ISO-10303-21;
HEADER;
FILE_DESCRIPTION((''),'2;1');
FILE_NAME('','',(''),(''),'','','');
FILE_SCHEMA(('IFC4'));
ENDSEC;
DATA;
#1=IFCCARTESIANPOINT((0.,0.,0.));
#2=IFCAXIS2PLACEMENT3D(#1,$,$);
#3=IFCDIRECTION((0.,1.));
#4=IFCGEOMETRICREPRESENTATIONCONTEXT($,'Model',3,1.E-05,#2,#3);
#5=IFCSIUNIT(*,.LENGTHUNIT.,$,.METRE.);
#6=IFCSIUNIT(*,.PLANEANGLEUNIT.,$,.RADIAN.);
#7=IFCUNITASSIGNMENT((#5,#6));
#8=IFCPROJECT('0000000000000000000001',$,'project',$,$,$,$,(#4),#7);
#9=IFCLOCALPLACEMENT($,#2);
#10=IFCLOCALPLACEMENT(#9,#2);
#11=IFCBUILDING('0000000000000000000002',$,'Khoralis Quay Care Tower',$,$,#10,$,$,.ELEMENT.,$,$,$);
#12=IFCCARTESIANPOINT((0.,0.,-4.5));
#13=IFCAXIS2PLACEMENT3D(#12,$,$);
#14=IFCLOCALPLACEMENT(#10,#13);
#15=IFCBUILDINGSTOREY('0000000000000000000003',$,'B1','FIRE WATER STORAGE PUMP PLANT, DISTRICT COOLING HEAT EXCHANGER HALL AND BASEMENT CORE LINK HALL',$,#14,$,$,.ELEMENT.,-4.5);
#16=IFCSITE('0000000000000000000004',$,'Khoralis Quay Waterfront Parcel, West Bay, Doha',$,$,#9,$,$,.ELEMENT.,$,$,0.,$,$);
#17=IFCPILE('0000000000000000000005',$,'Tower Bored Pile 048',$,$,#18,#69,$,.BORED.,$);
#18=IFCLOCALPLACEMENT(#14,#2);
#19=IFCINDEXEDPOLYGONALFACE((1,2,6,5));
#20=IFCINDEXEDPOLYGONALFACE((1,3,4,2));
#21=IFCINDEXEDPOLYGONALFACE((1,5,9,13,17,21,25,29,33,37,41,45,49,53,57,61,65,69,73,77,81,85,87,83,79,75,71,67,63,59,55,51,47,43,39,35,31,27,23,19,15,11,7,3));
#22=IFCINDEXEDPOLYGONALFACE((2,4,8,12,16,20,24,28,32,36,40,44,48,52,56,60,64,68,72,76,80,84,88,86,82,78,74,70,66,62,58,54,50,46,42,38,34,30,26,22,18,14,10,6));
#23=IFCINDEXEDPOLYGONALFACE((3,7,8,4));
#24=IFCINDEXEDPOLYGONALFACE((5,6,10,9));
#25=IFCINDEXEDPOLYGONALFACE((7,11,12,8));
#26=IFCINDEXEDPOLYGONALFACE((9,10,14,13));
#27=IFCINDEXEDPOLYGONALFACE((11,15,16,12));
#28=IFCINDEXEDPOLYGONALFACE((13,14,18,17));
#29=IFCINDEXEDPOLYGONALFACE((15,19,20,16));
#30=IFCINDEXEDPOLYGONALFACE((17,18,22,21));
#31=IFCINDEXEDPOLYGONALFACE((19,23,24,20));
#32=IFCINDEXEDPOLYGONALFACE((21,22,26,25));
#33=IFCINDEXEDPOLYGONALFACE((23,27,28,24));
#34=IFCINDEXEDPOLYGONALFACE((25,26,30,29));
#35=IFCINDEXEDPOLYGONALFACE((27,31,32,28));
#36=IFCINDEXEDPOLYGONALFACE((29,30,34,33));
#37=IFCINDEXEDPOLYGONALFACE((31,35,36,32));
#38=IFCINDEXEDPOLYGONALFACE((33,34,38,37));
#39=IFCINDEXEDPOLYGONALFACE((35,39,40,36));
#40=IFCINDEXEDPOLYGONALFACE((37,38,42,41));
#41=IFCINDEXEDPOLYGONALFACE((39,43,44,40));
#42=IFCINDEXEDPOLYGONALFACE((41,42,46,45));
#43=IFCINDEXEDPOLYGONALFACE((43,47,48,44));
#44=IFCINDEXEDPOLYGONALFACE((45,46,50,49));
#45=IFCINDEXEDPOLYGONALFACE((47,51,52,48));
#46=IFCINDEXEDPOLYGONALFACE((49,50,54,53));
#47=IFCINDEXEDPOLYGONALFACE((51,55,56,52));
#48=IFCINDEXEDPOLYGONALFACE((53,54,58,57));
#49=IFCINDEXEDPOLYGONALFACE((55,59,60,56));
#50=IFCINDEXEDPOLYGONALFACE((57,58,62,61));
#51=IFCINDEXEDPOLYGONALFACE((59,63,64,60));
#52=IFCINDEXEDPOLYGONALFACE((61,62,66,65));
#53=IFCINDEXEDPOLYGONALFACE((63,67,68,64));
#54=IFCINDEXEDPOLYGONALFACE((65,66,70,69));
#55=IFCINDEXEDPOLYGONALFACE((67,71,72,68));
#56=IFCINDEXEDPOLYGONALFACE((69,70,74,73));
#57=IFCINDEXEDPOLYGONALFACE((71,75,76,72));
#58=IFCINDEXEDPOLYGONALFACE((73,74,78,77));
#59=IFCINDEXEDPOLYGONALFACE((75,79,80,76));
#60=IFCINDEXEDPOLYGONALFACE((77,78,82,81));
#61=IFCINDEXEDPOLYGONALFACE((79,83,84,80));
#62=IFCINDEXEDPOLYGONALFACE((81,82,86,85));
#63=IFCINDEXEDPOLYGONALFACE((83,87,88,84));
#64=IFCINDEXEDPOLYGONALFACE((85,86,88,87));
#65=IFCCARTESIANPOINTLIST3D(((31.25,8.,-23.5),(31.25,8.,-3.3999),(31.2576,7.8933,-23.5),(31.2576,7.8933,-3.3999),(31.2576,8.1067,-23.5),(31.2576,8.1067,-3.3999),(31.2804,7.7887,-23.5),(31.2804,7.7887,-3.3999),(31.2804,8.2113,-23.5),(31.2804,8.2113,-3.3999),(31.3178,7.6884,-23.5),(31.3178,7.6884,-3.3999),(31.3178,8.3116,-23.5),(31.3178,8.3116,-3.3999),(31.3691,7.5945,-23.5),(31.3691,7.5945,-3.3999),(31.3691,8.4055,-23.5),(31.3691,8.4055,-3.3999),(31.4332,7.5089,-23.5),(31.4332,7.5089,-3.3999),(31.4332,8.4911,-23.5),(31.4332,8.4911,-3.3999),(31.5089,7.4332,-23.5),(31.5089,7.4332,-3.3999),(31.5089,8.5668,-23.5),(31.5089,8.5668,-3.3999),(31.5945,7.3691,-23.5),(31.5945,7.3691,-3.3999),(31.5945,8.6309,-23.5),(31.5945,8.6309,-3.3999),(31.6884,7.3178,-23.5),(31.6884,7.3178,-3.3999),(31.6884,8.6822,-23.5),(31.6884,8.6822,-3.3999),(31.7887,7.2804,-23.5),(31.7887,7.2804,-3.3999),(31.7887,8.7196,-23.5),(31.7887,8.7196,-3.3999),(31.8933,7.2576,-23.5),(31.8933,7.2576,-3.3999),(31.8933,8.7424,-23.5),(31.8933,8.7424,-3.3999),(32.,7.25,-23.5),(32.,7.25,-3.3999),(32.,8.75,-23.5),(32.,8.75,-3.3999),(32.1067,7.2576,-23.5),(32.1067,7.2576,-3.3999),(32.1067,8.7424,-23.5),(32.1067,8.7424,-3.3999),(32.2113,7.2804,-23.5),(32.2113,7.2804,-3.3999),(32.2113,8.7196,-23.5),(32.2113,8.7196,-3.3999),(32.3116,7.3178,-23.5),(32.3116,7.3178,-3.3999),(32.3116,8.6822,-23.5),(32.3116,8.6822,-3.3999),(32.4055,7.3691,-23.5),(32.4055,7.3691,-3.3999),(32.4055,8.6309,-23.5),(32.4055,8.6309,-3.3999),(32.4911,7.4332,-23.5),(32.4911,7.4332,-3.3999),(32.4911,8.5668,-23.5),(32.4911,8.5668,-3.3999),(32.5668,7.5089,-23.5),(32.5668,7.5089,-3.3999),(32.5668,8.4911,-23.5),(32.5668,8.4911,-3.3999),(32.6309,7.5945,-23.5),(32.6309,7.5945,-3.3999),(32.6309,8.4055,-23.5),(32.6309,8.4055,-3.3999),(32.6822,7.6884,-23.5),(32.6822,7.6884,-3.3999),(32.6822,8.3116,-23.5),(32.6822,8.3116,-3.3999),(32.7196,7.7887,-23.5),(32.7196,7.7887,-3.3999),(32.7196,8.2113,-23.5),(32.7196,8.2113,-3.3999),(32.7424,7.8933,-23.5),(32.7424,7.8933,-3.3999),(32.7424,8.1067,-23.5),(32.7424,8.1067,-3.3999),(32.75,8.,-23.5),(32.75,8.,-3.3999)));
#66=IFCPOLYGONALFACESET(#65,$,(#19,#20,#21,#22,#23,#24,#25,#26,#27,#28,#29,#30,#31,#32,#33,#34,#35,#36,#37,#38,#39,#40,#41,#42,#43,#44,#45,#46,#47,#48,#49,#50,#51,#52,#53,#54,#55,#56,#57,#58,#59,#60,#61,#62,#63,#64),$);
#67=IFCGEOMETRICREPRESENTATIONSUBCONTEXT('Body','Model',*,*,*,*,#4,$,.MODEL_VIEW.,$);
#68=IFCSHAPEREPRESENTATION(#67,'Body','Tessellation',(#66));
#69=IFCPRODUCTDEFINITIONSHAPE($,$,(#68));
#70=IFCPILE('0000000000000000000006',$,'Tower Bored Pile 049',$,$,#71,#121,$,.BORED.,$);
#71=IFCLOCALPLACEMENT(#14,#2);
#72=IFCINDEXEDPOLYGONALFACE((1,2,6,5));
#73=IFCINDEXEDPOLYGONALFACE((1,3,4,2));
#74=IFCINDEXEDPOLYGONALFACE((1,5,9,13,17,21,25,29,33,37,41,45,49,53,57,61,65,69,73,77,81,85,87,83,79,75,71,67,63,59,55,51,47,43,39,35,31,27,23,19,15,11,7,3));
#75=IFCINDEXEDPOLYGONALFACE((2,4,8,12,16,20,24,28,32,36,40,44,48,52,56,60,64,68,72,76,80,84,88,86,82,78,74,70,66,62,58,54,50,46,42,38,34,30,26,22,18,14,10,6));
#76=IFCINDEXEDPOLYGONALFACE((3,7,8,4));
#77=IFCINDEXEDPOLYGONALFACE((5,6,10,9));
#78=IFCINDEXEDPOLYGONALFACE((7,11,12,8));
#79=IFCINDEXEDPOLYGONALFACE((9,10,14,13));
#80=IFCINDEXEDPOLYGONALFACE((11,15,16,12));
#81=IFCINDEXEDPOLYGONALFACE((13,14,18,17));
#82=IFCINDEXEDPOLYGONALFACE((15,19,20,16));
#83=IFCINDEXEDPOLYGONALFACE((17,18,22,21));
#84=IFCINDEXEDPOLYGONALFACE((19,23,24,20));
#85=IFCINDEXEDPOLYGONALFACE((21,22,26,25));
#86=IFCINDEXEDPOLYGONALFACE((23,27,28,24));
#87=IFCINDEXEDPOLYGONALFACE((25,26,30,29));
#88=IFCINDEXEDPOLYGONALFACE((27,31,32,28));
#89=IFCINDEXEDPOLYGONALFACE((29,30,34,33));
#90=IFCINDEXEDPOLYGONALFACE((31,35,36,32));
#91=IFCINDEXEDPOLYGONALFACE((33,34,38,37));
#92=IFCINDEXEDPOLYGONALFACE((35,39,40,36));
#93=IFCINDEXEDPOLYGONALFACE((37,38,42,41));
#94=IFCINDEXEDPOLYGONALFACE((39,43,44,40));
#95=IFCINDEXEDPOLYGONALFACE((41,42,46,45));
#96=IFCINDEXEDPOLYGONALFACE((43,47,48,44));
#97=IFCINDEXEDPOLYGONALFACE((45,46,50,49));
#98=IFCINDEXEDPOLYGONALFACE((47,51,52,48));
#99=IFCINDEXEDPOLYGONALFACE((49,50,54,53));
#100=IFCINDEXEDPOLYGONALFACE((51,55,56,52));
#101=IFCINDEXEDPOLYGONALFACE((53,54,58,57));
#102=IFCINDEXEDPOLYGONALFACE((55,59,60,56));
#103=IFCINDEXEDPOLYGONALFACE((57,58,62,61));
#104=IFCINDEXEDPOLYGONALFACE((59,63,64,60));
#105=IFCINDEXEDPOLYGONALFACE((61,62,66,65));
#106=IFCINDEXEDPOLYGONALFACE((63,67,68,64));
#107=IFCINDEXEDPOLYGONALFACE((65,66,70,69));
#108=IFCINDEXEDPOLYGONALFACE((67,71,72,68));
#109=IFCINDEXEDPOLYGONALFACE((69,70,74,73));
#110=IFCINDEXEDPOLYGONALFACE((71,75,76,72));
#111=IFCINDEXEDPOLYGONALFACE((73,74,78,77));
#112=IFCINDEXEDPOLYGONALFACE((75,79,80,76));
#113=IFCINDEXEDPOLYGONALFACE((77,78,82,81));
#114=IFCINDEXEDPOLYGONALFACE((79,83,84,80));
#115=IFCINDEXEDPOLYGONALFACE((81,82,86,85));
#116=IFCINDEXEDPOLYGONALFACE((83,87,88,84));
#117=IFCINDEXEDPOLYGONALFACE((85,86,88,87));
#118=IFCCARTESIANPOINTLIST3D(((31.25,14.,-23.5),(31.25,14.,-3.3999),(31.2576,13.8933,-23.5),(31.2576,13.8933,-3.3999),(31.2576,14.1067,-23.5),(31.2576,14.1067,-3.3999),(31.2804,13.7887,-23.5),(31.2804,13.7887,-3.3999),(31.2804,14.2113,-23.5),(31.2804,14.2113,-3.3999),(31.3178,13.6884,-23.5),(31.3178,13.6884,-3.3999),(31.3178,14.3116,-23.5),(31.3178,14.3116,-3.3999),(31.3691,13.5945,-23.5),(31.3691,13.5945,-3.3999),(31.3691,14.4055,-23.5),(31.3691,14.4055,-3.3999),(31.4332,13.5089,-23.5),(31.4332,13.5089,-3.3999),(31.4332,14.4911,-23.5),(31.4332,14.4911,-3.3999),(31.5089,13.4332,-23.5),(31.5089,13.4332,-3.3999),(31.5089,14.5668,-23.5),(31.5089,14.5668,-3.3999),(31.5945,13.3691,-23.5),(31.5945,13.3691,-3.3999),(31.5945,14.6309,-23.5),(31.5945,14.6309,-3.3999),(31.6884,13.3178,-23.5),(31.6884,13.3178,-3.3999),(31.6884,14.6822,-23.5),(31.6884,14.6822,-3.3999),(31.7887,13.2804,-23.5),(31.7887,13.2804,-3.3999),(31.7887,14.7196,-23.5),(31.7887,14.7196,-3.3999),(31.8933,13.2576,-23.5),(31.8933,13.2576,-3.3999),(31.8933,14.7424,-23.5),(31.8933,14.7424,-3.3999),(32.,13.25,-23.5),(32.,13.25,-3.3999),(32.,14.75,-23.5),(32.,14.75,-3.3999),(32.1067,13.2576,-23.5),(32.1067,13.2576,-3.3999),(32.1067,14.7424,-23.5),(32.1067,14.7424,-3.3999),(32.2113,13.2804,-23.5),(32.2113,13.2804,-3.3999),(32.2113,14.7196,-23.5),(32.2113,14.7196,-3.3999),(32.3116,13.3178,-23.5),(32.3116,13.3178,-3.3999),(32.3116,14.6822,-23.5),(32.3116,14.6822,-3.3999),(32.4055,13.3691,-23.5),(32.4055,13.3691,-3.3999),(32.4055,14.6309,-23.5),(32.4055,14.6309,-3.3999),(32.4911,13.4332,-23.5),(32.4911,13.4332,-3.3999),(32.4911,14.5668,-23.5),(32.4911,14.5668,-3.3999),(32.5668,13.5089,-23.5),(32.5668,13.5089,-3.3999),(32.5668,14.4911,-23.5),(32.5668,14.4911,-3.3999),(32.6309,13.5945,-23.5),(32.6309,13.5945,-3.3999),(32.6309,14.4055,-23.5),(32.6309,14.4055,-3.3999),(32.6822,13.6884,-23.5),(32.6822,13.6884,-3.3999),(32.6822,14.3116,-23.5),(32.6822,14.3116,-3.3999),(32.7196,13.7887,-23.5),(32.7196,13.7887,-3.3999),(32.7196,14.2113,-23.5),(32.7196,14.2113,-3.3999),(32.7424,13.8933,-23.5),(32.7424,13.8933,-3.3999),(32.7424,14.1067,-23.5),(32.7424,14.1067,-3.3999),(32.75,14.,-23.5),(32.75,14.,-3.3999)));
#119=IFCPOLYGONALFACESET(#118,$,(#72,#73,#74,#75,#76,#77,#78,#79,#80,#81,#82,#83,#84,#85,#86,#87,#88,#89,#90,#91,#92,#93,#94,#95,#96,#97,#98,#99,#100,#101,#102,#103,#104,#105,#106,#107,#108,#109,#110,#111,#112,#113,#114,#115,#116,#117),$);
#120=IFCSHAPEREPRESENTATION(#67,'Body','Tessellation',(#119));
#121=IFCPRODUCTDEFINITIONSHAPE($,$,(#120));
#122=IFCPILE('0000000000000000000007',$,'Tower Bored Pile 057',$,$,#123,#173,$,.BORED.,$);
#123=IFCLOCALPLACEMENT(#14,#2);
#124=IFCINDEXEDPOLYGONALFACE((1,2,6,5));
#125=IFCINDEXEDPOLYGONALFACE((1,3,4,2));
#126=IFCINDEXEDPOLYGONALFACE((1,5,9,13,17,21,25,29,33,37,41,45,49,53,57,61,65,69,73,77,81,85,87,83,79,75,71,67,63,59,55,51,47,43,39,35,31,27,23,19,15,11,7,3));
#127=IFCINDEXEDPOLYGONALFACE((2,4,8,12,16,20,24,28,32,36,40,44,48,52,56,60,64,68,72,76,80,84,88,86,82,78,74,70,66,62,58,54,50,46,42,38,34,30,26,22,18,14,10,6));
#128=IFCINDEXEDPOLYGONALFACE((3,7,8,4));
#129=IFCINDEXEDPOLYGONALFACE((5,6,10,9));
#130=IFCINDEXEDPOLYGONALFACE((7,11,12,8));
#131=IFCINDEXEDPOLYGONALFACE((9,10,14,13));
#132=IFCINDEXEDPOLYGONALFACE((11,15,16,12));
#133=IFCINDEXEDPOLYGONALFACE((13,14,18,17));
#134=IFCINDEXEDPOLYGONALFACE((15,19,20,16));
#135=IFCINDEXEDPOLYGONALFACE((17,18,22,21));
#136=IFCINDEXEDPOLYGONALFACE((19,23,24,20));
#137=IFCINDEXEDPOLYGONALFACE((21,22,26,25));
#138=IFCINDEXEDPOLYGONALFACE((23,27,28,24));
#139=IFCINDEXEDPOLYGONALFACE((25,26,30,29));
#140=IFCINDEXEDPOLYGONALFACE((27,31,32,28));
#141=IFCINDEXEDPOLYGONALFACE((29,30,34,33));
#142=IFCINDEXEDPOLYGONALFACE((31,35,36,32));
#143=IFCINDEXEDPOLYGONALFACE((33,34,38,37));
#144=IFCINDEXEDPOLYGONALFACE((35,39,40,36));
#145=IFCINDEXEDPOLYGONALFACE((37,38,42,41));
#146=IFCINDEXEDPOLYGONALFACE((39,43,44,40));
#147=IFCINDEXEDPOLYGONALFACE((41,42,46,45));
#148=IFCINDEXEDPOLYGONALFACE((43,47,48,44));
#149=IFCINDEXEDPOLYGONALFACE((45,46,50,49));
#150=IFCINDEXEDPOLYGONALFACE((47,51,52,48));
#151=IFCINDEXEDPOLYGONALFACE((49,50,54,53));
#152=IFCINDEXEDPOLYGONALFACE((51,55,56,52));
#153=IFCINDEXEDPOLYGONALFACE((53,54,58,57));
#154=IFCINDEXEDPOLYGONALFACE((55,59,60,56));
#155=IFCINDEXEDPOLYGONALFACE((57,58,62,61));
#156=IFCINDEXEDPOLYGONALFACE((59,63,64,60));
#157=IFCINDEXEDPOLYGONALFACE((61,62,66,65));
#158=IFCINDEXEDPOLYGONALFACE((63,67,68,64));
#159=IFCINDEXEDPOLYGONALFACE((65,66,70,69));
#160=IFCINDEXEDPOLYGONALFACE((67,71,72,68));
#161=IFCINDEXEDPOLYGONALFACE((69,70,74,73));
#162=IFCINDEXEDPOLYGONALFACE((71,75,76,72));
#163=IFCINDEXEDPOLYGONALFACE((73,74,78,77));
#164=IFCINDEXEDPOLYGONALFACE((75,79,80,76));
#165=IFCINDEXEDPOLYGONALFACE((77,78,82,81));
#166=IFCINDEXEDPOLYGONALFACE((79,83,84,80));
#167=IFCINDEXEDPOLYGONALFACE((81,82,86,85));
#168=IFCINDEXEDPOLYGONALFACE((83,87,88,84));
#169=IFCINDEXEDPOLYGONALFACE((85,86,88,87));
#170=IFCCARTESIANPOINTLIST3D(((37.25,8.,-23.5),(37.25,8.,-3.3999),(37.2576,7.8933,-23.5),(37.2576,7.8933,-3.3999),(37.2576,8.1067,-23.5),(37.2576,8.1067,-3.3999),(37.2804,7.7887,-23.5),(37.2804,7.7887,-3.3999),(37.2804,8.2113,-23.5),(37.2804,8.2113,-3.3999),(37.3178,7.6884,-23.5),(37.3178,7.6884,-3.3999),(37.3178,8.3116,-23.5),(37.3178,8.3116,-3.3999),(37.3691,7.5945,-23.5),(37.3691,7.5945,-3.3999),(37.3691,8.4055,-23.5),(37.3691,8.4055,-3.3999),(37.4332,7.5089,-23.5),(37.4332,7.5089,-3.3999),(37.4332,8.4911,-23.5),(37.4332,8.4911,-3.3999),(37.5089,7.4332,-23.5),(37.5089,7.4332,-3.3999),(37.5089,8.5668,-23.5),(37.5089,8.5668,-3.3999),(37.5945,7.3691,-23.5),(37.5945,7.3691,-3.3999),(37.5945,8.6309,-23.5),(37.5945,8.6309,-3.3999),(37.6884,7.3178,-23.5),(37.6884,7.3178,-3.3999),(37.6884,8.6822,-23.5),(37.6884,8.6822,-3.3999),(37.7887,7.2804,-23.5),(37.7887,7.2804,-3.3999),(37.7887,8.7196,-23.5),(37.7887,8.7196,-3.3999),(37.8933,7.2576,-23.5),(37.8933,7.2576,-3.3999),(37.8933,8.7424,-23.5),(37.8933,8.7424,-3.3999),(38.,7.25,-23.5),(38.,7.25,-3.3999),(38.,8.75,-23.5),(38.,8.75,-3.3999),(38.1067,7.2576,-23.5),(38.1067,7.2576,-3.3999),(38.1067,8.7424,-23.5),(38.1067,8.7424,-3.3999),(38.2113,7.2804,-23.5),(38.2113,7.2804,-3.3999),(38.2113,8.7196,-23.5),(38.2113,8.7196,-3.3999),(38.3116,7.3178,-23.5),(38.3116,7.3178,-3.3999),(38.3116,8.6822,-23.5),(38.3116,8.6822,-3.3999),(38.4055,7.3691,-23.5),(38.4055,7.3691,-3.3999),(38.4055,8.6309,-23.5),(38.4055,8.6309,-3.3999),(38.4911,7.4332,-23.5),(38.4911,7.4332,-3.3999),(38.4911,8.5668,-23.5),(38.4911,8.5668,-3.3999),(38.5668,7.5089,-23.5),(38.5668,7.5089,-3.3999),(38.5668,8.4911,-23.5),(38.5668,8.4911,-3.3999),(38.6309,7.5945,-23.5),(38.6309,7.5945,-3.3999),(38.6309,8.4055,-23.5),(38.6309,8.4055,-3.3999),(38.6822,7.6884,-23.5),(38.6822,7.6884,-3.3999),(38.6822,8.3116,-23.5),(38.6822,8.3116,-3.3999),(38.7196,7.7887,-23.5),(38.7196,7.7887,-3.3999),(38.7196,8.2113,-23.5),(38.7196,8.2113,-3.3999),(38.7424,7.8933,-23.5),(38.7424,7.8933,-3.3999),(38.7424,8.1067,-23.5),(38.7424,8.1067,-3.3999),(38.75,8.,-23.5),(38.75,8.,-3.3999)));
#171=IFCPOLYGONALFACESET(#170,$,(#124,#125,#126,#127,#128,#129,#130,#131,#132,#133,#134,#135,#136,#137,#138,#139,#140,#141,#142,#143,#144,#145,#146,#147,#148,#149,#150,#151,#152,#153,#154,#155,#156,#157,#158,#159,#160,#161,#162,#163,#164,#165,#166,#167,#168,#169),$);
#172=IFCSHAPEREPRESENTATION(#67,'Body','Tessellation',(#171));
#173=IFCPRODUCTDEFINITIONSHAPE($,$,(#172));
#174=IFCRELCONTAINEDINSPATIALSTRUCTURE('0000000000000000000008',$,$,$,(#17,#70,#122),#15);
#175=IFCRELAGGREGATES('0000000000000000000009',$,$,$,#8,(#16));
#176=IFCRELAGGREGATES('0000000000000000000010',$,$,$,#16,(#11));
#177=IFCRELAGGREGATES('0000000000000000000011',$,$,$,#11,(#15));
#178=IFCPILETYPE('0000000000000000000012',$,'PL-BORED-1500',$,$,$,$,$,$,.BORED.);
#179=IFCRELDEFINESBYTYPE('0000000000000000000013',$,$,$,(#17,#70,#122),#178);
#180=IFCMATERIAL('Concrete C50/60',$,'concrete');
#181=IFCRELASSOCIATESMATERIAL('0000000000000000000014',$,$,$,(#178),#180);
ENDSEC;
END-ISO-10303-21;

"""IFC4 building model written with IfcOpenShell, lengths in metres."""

from ifc_helpers import new_model, si_unit, direction, frame, origin, origin_2d, place, context, subcontext, project, spatial, circle, extrude, source, transform, mapped, material, material_profile, profile_set, type_object, element, save


model = new_model("IFC4")

# Units and contexts
model_context = context("Model", 3, precision=1e-05, world=origin(), true_north=direction((0.0, 1.0)))
body_context = subcontext(model_context, "Body", "Model", "MODEL_VIEW")
ifc_project = project(units=[si_unit("LENGTHUNIT", "METRE"), si_unit("PLANEANGLEUNIT", "RADIAN")], contexts=[model_context])

# Site, building, storey
site_placement = place(None, origin())
site = spatial("IfcSite", under=ifc_project, at=site_placement, Name="Khoralis Quay Waterfront Parcel, West Bay, Doha", CompositionType="ELEMENT", RefElevation=0.0)
building_placement = place(site_placement, origin())
building = spatial("IfcBuilding", under=site, at=building_placement, Name="Khoralis Quay Care Tower", CompositionType="ELEMENT")
storey_placement = place(building_placement, frame((0.0, 0.0, -4.5)))
storey = spatial("IfcBuildingStorey", under=building, at=storey_placement, Name="B1", Description="FIRE WATER STORAGE PUMP PLANT, DISTRICT COOLING HEAT EXCHANGER HALL AND BASEMENT CORE LINK HALL", CompositionType="ELEMENT", Elevation=-4.5)

# Piles
ifc_material_1 = material(Name="Concrete C50/60", Category="concrete")
ifc_material_profile_1 = material_profile(ifc_material_1, circle(Radius=0.75, at=origin_2d()), Name="Concrete C50/60")
ifc_profile_set_1 = profile_set([ifc_material_profile_1], Name="Concrete C50/60")
pile_type_1 = type_object("IfcPileType", Name="PL-BORED-1500", PredefinedType="BORED", material=ifc_profile_set_1)
shared_shape_1 = source(origin(), body_context, "Body", "SweptSolid", [
    extrude(circle(Radius=0.75, at=origin_2d()), origin(), (0.0, 0.0, 1.0), 20.1001),
])
for number, where, z_axis, x_axis, name in (
    (1, (32.0, 8.0, -3.3999), (0.0, 0.0, -1.0), (1.0, 0.0, 0.0), "Tower Bored Pile 048"),
    (2, (32.0, 14.0, -3.3999), (0.0, 0.0, -1.0), (1.0, 0.0, 0.0), "Tower Bored Pile 049"),
    (3, (38.0, 8.0, -3.3999), (0.0, 0.0, -1.0), (1.0, 0.0, 0.0), "Tower Bored Pile 057"),
):
    element("IfcPile", number, at=place(storey_placement, frame(where, z_axis=z_axis, x_axis=x_axis)), inside=storey, type_object=pile_type_1, Name=name, PredefinedType="BORED", context=body_context, shape_type="MappedRepresentation", body=[
        mapped(shared_shape_1, transform((0.0, 0.0, 0.0), scale=1.0)),
    ])

save(model, "model.ifc")
